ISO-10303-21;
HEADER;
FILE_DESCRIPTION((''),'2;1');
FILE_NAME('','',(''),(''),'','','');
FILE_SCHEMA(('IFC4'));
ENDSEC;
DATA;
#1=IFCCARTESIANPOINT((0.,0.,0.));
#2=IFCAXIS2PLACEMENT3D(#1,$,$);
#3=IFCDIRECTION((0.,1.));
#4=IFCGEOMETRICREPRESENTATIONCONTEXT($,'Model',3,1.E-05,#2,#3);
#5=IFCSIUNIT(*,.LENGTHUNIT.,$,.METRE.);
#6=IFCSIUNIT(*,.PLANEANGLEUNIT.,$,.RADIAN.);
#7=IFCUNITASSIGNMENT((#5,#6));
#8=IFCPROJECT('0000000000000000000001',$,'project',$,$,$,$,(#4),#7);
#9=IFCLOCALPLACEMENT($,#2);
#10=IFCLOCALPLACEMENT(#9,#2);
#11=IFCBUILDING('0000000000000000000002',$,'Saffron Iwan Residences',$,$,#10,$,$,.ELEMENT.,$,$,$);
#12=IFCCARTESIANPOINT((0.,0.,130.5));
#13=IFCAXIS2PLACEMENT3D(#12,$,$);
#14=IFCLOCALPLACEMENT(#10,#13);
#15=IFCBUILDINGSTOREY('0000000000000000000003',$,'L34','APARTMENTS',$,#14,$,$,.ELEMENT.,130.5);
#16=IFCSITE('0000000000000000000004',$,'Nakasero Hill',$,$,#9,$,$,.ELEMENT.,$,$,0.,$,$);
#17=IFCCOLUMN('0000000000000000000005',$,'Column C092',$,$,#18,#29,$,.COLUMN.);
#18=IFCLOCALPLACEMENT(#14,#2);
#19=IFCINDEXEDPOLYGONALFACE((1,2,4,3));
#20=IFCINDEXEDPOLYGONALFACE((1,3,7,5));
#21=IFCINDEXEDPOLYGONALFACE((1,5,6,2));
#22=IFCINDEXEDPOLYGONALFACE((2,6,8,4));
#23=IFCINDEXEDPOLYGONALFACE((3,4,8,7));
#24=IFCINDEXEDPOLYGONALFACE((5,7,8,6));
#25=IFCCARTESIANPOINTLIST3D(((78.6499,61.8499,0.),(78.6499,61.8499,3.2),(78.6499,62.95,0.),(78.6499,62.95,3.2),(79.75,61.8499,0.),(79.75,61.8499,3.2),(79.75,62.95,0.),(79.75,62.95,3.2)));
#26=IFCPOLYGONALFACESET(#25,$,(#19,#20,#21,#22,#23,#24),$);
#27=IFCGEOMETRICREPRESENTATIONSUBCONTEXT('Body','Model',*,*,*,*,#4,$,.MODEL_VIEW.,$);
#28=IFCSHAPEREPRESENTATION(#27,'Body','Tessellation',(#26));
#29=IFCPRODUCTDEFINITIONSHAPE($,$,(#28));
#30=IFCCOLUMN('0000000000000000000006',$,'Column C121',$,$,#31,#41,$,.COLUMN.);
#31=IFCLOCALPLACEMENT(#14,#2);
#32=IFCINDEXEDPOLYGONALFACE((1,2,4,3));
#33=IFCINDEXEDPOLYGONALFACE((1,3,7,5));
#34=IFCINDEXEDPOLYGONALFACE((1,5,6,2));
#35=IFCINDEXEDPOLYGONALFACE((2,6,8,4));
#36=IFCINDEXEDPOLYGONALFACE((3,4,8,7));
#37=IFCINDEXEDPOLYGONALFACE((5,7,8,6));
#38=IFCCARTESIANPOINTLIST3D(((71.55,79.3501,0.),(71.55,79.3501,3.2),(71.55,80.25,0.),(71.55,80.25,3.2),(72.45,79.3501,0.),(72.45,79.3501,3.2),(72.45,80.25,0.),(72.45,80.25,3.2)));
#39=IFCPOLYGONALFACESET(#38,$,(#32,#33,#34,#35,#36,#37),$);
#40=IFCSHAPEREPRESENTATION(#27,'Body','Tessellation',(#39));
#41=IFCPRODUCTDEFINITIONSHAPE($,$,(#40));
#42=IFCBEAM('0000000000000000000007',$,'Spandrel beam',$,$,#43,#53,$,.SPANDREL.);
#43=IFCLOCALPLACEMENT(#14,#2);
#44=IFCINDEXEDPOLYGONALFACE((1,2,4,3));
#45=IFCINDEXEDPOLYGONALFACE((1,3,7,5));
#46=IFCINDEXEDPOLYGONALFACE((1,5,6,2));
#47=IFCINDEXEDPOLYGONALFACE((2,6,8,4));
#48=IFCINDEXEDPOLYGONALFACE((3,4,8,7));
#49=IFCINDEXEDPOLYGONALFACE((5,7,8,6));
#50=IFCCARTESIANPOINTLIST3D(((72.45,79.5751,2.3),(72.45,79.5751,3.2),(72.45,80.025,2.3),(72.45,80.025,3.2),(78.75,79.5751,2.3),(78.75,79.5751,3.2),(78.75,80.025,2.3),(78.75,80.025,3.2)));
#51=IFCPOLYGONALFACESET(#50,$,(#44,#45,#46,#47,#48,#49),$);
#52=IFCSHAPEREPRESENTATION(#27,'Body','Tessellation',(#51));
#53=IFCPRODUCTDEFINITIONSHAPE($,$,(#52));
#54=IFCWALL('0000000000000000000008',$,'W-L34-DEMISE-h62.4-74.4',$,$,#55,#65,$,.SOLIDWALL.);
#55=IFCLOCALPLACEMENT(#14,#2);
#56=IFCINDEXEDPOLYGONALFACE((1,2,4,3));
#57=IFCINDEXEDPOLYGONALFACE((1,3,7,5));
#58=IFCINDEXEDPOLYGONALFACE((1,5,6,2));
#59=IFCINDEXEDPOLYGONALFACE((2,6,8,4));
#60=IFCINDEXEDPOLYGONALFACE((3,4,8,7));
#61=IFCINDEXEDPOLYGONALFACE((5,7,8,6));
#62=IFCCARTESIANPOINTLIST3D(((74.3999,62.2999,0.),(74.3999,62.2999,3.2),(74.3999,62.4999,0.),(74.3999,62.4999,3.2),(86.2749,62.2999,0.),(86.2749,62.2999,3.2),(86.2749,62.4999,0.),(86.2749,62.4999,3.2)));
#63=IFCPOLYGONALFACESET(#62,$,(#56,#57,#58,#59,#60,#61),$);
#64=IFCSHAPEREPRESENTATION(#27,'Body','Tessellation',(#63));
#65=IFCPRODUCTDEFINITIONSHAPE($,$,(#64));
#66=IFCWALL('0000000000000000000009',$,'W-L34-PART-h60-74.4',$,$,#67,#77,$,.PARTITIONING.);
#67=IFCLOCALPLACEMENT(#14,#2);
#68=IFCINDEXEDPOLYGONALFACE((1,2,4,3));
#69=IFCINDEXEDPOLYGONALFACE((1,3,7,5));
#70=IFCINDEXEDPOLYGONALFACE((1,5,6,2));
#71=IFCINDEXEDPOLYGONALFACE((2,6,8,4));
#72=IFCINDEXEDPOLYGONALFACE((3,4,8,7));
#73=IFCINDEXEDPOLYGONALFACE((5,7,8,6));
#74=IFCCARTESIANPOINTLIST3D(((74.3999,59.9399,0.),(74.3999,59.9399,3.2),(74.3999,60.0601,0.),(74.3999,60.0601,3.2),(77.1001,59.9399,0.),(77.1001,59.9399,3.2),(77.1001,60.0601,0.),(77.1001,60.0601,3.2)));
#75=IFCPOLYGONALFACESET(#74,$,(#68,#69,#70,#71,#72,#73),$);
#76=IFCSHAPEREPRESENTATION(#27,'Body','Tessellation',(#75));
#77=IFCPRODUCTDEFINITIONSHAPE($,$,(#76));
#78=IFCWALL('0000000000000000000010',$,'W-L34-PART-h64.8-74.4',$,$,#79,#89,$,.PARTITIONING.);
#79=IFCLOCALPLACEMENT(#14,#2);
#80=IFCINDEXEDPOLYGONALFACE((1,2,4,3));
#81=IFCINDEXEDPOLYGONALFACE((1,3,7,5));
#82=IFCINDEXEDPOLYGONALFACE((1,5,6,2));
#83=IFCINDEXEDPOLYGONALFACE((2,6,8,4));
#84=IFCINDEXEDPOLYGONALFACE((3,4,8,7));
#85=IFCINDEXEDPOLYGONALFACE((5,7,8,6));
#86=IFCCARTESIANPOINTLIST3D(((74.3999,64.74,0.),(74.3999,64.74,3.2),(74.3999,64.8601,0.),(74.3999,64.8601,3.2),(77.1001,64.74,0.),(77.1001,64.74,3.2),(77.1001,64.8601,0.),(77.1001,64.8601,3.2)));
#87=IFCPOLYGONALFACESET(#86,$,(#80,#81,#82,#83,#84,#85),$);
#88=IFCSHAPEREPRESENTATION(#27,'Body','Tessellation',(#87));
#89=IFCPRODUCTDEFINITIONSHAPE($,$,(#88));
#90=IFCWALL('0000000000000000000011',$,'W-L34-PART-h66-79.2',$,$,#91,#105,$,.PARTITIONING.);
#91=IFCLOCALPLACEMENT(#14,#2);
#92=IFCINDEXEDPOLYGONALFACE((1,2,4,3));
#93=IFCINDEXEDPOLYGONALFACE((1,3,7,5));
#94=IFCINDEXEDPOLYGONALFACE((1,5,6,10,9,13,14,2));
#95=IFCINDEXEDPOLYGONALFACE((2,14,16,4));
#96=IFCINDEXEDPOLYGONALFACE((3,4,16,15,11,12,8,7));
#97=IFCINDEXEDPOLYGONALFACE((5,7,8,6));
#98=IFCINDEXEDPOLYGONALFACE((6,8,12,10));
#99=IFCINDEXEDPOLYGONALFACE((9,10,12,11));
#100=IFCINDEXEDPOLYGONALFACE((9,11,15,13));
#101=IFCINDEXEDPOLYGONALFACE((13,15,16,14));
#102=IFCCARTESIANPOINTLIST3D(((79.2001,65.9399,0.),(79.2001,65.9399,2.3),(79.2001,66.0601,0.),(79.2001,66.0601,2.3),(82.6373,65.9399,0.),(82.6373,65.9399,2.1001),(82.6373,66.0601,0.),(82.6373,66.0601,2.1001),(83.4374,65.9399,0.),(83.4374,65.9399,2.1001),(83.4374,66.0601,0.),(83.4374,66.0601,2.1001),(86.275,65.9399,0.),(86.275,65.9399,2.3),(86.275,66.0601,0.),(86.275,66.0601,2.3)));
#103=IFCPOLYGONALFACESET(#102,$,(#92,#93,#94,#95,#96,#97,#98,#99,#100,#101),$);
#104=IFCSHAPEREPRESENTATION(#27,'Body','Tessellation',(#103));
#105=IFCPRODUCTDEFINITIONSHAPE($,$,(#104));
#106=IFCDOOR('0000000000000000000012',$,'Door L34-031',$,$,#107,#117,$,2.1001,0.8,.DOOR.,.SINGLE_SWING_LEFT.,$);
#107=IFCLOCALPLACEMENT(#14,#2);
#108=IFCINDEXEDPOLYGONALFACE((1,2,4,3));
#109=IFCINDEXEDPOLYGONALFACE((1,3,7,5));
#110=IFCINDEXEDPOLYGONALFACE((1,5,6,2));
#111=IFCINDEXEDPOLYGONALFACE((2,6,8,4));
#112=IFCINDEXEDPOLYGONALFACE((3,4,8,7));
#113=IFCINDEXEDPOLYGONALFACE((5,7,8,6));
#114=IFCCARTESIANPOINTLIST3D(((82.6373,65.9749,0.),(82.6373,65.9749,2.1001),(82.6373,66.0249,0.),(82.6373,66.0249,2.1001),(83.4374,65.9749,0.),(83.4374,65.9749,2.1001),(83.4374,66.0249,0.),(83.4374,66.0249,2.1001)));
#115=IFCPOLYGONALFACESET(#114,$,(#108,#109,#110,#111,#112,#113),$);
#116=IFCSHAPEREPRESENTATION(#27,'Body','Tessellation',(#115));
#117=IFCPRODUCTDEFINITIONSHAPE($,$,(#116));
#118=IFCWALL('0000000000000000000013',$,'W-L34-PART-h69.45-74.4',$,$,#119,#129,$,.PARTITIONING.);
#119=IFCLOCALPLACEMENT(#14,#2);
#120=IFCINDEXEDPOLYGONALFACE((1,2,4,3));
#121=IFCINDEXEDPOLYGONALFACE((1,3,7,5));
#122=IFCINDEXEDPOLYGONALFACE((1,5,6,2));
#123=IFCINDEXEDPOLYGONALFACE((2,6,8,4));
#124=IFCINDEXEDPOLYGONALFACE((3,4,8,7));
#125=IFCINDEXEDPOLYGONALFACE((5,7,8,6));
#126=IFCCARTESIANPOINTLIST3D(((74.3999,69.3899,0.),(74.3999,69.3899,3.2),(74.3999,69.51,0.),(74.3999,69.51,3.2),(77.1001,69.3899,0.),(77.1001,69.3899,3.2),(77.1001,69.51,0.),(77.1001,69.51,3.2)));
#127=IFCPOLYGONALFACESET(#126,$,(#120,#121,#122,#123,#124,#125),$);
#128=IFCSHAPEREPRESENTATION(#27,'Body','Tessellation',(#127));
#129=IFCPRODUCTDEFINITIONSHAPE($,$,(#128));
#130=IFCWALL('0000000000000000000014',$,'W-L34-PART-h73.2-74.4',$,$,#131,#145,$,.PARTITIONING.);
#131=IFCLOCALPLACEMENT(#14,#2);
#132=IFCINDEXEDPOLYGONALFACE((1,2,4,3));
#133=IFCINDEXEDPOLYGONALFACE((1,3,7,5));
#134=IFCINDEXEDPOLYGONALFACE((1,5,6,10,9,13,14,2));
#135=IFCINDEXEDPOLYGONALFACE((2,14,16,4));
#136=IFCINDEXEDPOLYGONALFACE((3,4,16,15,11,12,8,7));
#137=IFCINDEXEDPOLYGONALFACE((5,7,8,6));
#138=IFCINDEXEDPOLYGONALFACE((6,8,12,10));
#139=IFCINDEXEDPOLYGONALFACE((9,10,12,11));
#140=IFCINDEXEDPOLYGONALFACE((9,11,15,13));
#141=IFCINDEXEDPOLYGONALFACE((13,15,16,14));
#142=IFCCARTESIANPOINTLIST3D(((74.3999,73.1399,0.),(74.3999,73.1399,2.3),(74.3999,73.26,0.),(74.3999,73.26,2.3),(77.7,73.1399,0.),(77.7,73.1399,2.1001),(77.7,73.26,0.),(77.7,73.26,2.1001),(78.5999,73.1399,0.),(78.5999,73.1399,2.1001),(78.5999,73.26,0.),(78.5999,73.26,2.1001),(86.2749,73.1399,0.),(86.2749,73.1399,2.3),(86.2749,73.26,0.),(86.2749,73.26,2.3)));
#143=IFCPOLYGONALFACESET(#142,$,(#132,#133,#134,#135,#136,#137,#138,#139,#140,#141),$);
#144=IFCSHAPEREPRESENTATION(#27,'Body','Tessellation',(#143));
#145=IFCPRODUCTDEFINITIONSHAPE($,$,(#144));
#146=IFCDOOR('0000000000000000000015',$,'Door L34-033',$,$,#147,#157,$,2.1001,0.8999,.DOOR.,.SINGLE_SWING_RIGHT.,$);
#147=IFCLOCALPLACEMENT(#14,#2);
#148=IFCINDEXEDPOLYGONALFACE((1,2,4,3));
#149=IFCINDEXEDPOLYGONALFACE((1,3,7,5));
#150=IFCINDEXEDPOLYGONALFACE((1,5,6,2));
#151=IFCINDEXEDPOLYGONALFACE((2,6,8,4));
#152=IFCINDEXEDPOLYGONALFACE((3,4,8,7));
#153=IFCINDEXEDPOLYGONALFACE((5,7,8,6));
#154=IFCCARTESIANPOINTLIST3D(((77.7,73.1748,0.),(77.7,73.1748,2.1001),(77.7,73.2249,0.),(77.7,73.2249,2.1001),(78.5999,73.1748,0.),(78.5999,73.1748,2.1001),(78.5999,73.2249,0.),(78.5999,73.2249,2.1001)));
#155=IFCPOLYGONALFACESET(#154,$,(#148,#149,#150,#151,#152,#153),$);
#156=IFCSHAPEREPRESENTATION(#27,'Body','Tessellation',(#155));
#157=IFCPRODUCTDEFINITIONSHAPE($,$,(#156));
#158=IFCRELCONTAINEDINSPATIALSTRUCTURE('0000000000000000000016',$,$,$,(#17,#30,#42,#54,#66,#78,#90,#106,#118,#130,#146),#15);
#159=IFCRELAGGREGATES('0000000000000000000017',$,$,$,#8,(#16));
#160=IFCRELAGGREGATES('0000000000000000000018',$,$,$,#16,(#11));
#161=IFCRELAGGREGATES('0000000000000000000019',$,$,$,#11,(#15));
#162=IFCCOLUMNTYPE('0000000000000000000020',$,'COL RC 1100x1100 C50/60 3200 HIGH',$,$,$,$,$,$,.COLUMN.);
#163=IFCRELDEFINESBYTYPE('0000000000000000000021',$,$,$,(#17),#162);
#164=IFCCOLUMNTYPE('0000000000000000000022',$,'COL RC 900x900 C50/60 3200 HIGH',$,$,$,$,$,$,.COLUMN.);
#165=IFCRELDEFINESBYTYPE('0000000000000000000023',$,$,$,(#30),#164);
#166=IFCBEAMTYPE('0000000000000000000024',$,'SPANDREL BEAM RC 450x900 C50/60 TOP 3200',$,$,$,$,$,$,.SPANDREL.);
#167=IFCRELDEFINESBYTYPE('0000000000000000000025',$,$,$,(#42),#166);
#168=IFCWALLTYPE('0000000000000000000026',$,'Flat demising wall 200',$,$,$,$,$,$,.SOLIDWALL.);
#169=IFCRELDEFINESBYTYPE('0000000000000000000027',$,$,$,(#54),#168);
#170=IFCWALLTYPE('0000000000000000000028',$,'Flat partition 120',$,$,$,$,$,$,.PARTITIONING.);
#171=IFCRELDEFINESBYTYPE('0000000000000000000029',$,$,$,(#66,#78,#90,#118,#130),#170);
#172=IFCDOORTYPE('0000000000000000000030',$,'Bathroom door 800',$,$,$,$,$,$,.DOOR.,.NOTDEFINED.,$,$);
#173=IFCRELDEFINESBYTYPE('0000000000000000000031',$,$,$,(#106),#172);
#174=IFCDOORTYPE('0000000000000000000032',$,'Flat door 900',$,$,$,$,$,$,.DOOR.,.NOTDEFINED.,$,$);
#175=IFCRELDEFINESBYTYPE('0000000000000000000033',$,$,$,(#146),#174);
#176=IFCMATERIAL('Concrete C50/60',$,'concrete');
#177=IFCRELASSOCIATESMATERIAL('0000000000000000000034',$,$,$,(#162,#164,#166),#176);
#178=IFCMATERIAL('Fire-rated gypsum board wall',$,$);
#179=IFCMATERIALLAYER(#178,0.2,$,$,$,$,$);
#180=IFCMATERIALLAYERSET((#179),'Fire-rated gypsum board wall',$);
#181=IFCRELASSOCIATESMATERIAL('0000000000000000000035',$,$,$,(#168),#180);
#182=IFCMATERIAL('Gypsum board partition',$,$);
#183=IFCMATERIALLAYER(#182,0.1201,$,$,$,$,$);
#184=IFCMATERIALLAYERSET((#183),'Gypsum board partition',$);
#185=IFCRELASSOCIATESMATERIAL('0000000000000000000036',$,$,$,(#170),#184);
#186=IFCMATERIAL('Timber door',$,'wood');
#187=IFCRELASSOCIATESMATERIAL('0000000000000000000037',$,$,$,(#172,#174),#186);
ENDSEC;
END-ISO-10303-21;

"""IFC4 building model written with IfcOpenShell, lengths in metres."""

from ifc_helpers import new_model, si_unit, direction, frame, frame_2d, origin, origin_2d, place, context, subcontext, project, spatial, rectangle, extrude, source, transform, mapped, material, layer, layer_set, material_profile, profile_set, type_object, element, fill, save


model = new_model("IFC4")

# Units and contexts
model_context = context("Model", 3, precision=1e-05, world=origin(), true_north=direction((0.0, 1.0)))
body_context = subcontext(model_context, "Body", "Model", "MODEL_VIEW")
ifc_project = project(units=[si_unit("LENGTHUNIT", "METRE"), si_unit("PLANEANGLEUNIT", "RADIAN")], contexts=[model_context])

# Site, building, storey
site_placement = place(None, origin())
site = spatial("IfcSite", under=ifc_project, at=site_placement, Name="Nakasero Hill", CompositionType="ELEMENT", RefElevation=0.0)
building_placement = place(site_placement, origin())
building = spatial("IfcBuilding", under=site, at=building_placement, Name="Saffron Iwan Residences", CompositionType="ELEMENT")
storey_placement = place(building_placement, frame((0.0, 0.0, 130.5)))
storey = spatial("IfcBuildingStorey", under=building, at=storey_placement, Name="L34", Description="APARTMENTS", CompositionType="ELEMENT", Elevation=130.5)

# Columns
ifc_material_1 = material(Name="Concrete C50/60", Category="concrete")
ifc_material_profile_1 = material_profile(ifc_material_1, rectangle(XDim=1.1001, YDim=1.1001, at=origin_2d()), Name="RC 1100x1100")
ifc_profile_set_1 = profile_set([ifc_material_profile_1], Name="Concrete C50/60")
column_type_1 = type_object("IfcColumnType", Name="COL RC 1100x1100 C50/60 3200 HIGH", PredefinedType="COLUMN", material=ifc_profile_set_1)
shared_shape_1 = source(origin(), body_context, "Body", "SweptSolid", [
    extrude(rectangle(XDim=1.1001, YDim=1.1001, at=origin_2d()), origin(), (0.0, 0.0, 1.0), 3.2),
])
column_1_placement = place(storey_placement, frame((79.2, 62.3999, 0.0), z_axis=(0.0, 0.0, 1.0), x_axis=(1.0, 0.0, 0.0)))
element("IfcColumn", 1, at=column_1_placement, inside=storey, type_object=column_type_1, Name="Column C092", PredefinedType="COLUMN", context=body_context, shape_type="MappedRepresentation", body=[
    mapped(shared_shape_1, transform((0.0, 0.0, 0.0))),
])
ifc_material_profile_2 = material_profile(ifc_material_1, rectangle(XDim=0.8999, YDim=0.8999, at=origin_2d()), Name="RC 900x900")
ifc_profile_set_2 = profile_set([ifc_material_profile_2], Name="Concrete C50/60")
column_type_2 = type_object("IfcColumnType", Name="COL RC 900x900 C50/60 3200 HIGH", PredefinedType="COLUMN", material=ifc_profile_set_2)
shared_shape_2 = source(origin(), body_context, "Body", "SweptSolid", [
    extrude(rectangle(XDim=0.8999, YDim=0.8999, at=origin_2d()), origin(), (0.0, 0.0, 1.0), 3.2),
])
column_2_placement = place(storey_placement, frame((72.0, 79.8, 0.0), z_axis=(0.0, 0.0, 1.0), x_axis=(1.0, 0.0, 0.0)))
element("IfcColumn", 2, at=column_2_placement, inside=storey, type_object=column_type_2, Name="Column C121", PredefinedType="COLUMN", context=body_context, shape_type="MappedRepresentation", body=[
    mapped(shared_shape_2, transform((0.0, 0.0, 0.0))),
])

# Beam
ifc_material_profile_3 = material_profile(ifc_material_1, rectangle(XDim=0.45, YDim=0.8999, at=origin_2d()), Name="RC 450x900")
ifc_profile_set_3 = profile_set([ifc_material_profile_3], Name="Concrete C50/60")
beam_type = type_object("IfcBeamType", Name="SPANDREL BEAM RC 450x900 C50/60 TOP 3200", PredefinedType="SPANDREL", material=ifc_profile_set_3)
shared_shape_3 = source(origin(), body_context, "Body", "SweptSolid", [
    extrude(rectangle(XDim=0.45, YDim=0.8999, at=origin_2d()), origin(), (0.0, 0.0, 1.0), 6.3),
])
beam_placement = place(storey_placement, frame((72.45, 79.8, 2.75), z_axis=(1.0, 0.0, 0.0), x_axis=(0.0, 1.0, 0.0)))
element("IfcBeam", 3, at=beam_placement, inside=storey, type_object=beam_type, Name="Spandrel beam", PredefinedType="SPANDREL", context=body_context, shape_type="MappedRepresentation", body=[
    mapped(shared_shape_3, transform((0.0, 0.0, 0.0))),
])

# Walls
ifc_material_2 = material(Name="Fire-rated gypsum board wall")
ifc_layer_1 = layer(ifc_material_2, 0.2)
ifc_layer_set_1 = layer_set([ifc_layer_1], Name="Fire-rated gypsum board wall")
wall_type_1 = type_object("IfcWallType", Name="Flat demising wall 200", PredefinedType="SOLIDWALL", material=ifc_layer_set_1)
wall_1_placement = place(storey_placement, frame((74.3999, 62.3999, 0.0), z_axis=(0.0, 0.0, 1.0), x_axis=(1.0, 0.0, 0.0)))
element("IfcWall", 4, at=wall_1_placement, inside=storey, type_object=wall_type_1, Name="W-L34-DEMISE-h62.4-74.4", PredefinedType="SOLIDWALL", context=body_context, shape_type="SweptSolid", body=[
    extrude(rectangle(XDim=11.875, YDim=0.2, at=frame_2d((5.9375, 0.0))), origin(), (0.0, 0.0, 1.0), 3.2),
])
ifc_material_3 = material(Name="Gypsum board partition")
ifc_layer_2 = layer(ifc_material_3, 0.1201)
ifc_layer_set_2 = layer_set([ifc_layer_2], Name="Gypsum board partition")
wall_type_2 = type_object("IfcWallType", Name="Flat partition 120", PredefinedType="PARTITIONING", material=ifc_layer_set_2)
for number, where, z_axis, x_axis, name in (
    (5, (74.3999, 60.0, 0.0), (0.0, 0.0, 1.0), (1.0, 0.0, 0.0), "W-L34-PART-h60-74.4"),
    (6, (74.3999, 64.8, 0.0), (0.0, 0.0, 1.0), (1.0, 0.0, 0.0), "W-L34-PART-h64.8-74.4"),
):
    element("IfcWall", number, at=place(storey_placement, frame(where, z_axis=z_axis, x_axis=x_axis)), inside=storey, type_object=wall_type_2, Name=name, PredefinedType="PARTITIONING", context=body_context, shape_type="SweptSolid", body=[
        extrude(rectangle(XDim=2.7002, YDim=0.1201, at=frame_2d((1.3501, 0.0))), origin(), (0.0, 0.0, 1.0), 3.2),
    ])

# Wall, opening, door
wall_2_placement = place(storey_placement, frame((79.2, 66.0, 0.0), z_axis=(0.0, 0.0, 1.0), x_axis=(1.0, 0.0, 0.0)))
wall_2 = element("IfcWall", 7, at=wall_2_placement, inside=storey, type_object=wall_type_2, Name="W-L34-PART-h66-79.2", PredefinedType="PARTITIONING", context=body_context, shape_type="SweptSolid", body=[
    extrude(rectangle(XDim=7.075, YDim=0.1201, at=frame_2d((3.5376, 0.0))), origin(), (0.0, 0.0, 1.0), 2.3),
])
opening_1_placement = place(wall_2_placement, frame((3.4375, 0.0, 0.0)))
opening_1 = element("IfcOpeningElement", 8, at=opening_1_placement, cuts=wall_2, PredefinedType="OPENING", context=body_context, shape_type="SweptSolid", body=[
    extrude(rectangle(XDim=0.8, YDim=2.1001, at=frame_2d((0.3999, 1.05))), frame((0.0, 0.0701, 0.0), z_axis=(0.0, -1.0, 0.0), x_axis=(1.0, 0.0, 0.0)), (0.0, 0.0, 1.0), 0.1401),
])
ifc_material_4 = material(Name="Timber door", Category="wood")
door_type_1 = type_object("IfcDoorType", Name="Bathroom door 800", OperationType="NOTDEFINED", PredefinedType="DOOR", material=ifc_material_4)
door_1_placement = place(opening_1_placement, origin())
door_1 = element("IfcDoor", 9, at=door_1_placement, inside=storey, type_object=door_type_1, Name="Door L34-031", OperationType="SINGLE_SWING_LEFT", OverallHeight=2.1001, OverallWidth=0.8, PredefinedType="DOOR", context=body_context, shape_type="SweptSolid", body=[
    extrude(rectangle(XDim=0.8, YDim=2.1001, at=frame_2d((0.3999, 1.05))), frame((0.0, 0.0249, 0.0), z_axis=(0.0, -1.0, 0.0), x_axis=(1.0, 0.0, 0.0)), (0.0, 0.0, 1.0), 0.05),
])
fill(opening_1, door_1)

# Wall
wall_3_placement = place(storey_placement, frame((74.3999, 69.45, 0.0), z_axis=(0.0, 0.0, 1.0), x_axis=(1.0, 0.0, 0.0)))
element("IfcWall", 10, at=wall_3_placement, inside=storey, type_object=wall_type_2, Name="W-L34-PART-h69.45-74.4", PredefinedType="PARTITIONING", context=body_context, shape_type="SweptSolid", body=[
    extrude(rectangle(XDim=2.7002, YDim=0.1201, at=frame_2d((1.3501, 0.0))), origin(), (0.0, 0.0, 1.0), 3.2),
])

# Wall, opening, door
wall_4_placement = place(storey_placement, frame((74.3999, 73.2, 0.0), z_axis=(0.0, 0.0, 1.0), x_axis=(1.0, 0.0, 0.0)))
wall_4 = element("IfcWall", 11, at=wall_4_placement, inside=storey, type_object=wall_type_2, Name="W-L34-PART-h73.2-74.4", PredefinedType="PARTITIONING", context=body_context, shape_type="SweptSolid", body=[
    extrude(rectangle(XDim=11.875, YDim=0.1201, at=frame_2d((5.9375, 0.0))), origin(), (0.0, 0.0, 1.0), 2.3),
])
opening_2_placement = place(wall_4_placement, frame((3.3, 0.0, 0.0)))
opening_2 = element("IfcOpeningElement", 12, at=opening_2_placement, cuts=wall_4, PredefinedType="OPENING", context=body_context, shape_type="SweptSolid", body=[
    extrude(rectangle(XDim=0.8999, YDim=2.1001, at=frame_2d((0.45, 1.05))), frame((0.0, 0.0701, 0.0), z_axis=(0.0, -1.0, 0.0), x_axis=(1.0, 0.0, 0.0)), (0.0, 0.0, 1.0), 0.1401),
])
door_type_2 = type_object("IfcDoorType", Name="Flat door 900", OperationType="NOTDEFINED", PredefinedType="DOOR", material=ifc_material_4)
door_2_placement = place(opening_2_placement, origin())
door_2 = element("IfcDoor", 13, at=door_2_placement, inside=storey, type_object=door_type_2, Name="Door L34-033", OperationType="SINGLE_SWING_RIGHT", OverallHeight=2.1001, OverallWidth=0.8999, PredefinedType="DOOR", context=body_context, shape_type="SweptSolid", body=[
    extrude(rectangle(XDim=0.8999, YDim=2.1001, at=frame_2d((0.45, 1.05))), frame((0.0, 0.0249, 0.0), z_axis=(0.0, -1.0, 0.0), x_axis=(1.0, 0.0, 0.0)), (0.0, 0.0, 1.0), 0.05),
])
fill(opening_2, door_2)

save(model, "model.ifc")
